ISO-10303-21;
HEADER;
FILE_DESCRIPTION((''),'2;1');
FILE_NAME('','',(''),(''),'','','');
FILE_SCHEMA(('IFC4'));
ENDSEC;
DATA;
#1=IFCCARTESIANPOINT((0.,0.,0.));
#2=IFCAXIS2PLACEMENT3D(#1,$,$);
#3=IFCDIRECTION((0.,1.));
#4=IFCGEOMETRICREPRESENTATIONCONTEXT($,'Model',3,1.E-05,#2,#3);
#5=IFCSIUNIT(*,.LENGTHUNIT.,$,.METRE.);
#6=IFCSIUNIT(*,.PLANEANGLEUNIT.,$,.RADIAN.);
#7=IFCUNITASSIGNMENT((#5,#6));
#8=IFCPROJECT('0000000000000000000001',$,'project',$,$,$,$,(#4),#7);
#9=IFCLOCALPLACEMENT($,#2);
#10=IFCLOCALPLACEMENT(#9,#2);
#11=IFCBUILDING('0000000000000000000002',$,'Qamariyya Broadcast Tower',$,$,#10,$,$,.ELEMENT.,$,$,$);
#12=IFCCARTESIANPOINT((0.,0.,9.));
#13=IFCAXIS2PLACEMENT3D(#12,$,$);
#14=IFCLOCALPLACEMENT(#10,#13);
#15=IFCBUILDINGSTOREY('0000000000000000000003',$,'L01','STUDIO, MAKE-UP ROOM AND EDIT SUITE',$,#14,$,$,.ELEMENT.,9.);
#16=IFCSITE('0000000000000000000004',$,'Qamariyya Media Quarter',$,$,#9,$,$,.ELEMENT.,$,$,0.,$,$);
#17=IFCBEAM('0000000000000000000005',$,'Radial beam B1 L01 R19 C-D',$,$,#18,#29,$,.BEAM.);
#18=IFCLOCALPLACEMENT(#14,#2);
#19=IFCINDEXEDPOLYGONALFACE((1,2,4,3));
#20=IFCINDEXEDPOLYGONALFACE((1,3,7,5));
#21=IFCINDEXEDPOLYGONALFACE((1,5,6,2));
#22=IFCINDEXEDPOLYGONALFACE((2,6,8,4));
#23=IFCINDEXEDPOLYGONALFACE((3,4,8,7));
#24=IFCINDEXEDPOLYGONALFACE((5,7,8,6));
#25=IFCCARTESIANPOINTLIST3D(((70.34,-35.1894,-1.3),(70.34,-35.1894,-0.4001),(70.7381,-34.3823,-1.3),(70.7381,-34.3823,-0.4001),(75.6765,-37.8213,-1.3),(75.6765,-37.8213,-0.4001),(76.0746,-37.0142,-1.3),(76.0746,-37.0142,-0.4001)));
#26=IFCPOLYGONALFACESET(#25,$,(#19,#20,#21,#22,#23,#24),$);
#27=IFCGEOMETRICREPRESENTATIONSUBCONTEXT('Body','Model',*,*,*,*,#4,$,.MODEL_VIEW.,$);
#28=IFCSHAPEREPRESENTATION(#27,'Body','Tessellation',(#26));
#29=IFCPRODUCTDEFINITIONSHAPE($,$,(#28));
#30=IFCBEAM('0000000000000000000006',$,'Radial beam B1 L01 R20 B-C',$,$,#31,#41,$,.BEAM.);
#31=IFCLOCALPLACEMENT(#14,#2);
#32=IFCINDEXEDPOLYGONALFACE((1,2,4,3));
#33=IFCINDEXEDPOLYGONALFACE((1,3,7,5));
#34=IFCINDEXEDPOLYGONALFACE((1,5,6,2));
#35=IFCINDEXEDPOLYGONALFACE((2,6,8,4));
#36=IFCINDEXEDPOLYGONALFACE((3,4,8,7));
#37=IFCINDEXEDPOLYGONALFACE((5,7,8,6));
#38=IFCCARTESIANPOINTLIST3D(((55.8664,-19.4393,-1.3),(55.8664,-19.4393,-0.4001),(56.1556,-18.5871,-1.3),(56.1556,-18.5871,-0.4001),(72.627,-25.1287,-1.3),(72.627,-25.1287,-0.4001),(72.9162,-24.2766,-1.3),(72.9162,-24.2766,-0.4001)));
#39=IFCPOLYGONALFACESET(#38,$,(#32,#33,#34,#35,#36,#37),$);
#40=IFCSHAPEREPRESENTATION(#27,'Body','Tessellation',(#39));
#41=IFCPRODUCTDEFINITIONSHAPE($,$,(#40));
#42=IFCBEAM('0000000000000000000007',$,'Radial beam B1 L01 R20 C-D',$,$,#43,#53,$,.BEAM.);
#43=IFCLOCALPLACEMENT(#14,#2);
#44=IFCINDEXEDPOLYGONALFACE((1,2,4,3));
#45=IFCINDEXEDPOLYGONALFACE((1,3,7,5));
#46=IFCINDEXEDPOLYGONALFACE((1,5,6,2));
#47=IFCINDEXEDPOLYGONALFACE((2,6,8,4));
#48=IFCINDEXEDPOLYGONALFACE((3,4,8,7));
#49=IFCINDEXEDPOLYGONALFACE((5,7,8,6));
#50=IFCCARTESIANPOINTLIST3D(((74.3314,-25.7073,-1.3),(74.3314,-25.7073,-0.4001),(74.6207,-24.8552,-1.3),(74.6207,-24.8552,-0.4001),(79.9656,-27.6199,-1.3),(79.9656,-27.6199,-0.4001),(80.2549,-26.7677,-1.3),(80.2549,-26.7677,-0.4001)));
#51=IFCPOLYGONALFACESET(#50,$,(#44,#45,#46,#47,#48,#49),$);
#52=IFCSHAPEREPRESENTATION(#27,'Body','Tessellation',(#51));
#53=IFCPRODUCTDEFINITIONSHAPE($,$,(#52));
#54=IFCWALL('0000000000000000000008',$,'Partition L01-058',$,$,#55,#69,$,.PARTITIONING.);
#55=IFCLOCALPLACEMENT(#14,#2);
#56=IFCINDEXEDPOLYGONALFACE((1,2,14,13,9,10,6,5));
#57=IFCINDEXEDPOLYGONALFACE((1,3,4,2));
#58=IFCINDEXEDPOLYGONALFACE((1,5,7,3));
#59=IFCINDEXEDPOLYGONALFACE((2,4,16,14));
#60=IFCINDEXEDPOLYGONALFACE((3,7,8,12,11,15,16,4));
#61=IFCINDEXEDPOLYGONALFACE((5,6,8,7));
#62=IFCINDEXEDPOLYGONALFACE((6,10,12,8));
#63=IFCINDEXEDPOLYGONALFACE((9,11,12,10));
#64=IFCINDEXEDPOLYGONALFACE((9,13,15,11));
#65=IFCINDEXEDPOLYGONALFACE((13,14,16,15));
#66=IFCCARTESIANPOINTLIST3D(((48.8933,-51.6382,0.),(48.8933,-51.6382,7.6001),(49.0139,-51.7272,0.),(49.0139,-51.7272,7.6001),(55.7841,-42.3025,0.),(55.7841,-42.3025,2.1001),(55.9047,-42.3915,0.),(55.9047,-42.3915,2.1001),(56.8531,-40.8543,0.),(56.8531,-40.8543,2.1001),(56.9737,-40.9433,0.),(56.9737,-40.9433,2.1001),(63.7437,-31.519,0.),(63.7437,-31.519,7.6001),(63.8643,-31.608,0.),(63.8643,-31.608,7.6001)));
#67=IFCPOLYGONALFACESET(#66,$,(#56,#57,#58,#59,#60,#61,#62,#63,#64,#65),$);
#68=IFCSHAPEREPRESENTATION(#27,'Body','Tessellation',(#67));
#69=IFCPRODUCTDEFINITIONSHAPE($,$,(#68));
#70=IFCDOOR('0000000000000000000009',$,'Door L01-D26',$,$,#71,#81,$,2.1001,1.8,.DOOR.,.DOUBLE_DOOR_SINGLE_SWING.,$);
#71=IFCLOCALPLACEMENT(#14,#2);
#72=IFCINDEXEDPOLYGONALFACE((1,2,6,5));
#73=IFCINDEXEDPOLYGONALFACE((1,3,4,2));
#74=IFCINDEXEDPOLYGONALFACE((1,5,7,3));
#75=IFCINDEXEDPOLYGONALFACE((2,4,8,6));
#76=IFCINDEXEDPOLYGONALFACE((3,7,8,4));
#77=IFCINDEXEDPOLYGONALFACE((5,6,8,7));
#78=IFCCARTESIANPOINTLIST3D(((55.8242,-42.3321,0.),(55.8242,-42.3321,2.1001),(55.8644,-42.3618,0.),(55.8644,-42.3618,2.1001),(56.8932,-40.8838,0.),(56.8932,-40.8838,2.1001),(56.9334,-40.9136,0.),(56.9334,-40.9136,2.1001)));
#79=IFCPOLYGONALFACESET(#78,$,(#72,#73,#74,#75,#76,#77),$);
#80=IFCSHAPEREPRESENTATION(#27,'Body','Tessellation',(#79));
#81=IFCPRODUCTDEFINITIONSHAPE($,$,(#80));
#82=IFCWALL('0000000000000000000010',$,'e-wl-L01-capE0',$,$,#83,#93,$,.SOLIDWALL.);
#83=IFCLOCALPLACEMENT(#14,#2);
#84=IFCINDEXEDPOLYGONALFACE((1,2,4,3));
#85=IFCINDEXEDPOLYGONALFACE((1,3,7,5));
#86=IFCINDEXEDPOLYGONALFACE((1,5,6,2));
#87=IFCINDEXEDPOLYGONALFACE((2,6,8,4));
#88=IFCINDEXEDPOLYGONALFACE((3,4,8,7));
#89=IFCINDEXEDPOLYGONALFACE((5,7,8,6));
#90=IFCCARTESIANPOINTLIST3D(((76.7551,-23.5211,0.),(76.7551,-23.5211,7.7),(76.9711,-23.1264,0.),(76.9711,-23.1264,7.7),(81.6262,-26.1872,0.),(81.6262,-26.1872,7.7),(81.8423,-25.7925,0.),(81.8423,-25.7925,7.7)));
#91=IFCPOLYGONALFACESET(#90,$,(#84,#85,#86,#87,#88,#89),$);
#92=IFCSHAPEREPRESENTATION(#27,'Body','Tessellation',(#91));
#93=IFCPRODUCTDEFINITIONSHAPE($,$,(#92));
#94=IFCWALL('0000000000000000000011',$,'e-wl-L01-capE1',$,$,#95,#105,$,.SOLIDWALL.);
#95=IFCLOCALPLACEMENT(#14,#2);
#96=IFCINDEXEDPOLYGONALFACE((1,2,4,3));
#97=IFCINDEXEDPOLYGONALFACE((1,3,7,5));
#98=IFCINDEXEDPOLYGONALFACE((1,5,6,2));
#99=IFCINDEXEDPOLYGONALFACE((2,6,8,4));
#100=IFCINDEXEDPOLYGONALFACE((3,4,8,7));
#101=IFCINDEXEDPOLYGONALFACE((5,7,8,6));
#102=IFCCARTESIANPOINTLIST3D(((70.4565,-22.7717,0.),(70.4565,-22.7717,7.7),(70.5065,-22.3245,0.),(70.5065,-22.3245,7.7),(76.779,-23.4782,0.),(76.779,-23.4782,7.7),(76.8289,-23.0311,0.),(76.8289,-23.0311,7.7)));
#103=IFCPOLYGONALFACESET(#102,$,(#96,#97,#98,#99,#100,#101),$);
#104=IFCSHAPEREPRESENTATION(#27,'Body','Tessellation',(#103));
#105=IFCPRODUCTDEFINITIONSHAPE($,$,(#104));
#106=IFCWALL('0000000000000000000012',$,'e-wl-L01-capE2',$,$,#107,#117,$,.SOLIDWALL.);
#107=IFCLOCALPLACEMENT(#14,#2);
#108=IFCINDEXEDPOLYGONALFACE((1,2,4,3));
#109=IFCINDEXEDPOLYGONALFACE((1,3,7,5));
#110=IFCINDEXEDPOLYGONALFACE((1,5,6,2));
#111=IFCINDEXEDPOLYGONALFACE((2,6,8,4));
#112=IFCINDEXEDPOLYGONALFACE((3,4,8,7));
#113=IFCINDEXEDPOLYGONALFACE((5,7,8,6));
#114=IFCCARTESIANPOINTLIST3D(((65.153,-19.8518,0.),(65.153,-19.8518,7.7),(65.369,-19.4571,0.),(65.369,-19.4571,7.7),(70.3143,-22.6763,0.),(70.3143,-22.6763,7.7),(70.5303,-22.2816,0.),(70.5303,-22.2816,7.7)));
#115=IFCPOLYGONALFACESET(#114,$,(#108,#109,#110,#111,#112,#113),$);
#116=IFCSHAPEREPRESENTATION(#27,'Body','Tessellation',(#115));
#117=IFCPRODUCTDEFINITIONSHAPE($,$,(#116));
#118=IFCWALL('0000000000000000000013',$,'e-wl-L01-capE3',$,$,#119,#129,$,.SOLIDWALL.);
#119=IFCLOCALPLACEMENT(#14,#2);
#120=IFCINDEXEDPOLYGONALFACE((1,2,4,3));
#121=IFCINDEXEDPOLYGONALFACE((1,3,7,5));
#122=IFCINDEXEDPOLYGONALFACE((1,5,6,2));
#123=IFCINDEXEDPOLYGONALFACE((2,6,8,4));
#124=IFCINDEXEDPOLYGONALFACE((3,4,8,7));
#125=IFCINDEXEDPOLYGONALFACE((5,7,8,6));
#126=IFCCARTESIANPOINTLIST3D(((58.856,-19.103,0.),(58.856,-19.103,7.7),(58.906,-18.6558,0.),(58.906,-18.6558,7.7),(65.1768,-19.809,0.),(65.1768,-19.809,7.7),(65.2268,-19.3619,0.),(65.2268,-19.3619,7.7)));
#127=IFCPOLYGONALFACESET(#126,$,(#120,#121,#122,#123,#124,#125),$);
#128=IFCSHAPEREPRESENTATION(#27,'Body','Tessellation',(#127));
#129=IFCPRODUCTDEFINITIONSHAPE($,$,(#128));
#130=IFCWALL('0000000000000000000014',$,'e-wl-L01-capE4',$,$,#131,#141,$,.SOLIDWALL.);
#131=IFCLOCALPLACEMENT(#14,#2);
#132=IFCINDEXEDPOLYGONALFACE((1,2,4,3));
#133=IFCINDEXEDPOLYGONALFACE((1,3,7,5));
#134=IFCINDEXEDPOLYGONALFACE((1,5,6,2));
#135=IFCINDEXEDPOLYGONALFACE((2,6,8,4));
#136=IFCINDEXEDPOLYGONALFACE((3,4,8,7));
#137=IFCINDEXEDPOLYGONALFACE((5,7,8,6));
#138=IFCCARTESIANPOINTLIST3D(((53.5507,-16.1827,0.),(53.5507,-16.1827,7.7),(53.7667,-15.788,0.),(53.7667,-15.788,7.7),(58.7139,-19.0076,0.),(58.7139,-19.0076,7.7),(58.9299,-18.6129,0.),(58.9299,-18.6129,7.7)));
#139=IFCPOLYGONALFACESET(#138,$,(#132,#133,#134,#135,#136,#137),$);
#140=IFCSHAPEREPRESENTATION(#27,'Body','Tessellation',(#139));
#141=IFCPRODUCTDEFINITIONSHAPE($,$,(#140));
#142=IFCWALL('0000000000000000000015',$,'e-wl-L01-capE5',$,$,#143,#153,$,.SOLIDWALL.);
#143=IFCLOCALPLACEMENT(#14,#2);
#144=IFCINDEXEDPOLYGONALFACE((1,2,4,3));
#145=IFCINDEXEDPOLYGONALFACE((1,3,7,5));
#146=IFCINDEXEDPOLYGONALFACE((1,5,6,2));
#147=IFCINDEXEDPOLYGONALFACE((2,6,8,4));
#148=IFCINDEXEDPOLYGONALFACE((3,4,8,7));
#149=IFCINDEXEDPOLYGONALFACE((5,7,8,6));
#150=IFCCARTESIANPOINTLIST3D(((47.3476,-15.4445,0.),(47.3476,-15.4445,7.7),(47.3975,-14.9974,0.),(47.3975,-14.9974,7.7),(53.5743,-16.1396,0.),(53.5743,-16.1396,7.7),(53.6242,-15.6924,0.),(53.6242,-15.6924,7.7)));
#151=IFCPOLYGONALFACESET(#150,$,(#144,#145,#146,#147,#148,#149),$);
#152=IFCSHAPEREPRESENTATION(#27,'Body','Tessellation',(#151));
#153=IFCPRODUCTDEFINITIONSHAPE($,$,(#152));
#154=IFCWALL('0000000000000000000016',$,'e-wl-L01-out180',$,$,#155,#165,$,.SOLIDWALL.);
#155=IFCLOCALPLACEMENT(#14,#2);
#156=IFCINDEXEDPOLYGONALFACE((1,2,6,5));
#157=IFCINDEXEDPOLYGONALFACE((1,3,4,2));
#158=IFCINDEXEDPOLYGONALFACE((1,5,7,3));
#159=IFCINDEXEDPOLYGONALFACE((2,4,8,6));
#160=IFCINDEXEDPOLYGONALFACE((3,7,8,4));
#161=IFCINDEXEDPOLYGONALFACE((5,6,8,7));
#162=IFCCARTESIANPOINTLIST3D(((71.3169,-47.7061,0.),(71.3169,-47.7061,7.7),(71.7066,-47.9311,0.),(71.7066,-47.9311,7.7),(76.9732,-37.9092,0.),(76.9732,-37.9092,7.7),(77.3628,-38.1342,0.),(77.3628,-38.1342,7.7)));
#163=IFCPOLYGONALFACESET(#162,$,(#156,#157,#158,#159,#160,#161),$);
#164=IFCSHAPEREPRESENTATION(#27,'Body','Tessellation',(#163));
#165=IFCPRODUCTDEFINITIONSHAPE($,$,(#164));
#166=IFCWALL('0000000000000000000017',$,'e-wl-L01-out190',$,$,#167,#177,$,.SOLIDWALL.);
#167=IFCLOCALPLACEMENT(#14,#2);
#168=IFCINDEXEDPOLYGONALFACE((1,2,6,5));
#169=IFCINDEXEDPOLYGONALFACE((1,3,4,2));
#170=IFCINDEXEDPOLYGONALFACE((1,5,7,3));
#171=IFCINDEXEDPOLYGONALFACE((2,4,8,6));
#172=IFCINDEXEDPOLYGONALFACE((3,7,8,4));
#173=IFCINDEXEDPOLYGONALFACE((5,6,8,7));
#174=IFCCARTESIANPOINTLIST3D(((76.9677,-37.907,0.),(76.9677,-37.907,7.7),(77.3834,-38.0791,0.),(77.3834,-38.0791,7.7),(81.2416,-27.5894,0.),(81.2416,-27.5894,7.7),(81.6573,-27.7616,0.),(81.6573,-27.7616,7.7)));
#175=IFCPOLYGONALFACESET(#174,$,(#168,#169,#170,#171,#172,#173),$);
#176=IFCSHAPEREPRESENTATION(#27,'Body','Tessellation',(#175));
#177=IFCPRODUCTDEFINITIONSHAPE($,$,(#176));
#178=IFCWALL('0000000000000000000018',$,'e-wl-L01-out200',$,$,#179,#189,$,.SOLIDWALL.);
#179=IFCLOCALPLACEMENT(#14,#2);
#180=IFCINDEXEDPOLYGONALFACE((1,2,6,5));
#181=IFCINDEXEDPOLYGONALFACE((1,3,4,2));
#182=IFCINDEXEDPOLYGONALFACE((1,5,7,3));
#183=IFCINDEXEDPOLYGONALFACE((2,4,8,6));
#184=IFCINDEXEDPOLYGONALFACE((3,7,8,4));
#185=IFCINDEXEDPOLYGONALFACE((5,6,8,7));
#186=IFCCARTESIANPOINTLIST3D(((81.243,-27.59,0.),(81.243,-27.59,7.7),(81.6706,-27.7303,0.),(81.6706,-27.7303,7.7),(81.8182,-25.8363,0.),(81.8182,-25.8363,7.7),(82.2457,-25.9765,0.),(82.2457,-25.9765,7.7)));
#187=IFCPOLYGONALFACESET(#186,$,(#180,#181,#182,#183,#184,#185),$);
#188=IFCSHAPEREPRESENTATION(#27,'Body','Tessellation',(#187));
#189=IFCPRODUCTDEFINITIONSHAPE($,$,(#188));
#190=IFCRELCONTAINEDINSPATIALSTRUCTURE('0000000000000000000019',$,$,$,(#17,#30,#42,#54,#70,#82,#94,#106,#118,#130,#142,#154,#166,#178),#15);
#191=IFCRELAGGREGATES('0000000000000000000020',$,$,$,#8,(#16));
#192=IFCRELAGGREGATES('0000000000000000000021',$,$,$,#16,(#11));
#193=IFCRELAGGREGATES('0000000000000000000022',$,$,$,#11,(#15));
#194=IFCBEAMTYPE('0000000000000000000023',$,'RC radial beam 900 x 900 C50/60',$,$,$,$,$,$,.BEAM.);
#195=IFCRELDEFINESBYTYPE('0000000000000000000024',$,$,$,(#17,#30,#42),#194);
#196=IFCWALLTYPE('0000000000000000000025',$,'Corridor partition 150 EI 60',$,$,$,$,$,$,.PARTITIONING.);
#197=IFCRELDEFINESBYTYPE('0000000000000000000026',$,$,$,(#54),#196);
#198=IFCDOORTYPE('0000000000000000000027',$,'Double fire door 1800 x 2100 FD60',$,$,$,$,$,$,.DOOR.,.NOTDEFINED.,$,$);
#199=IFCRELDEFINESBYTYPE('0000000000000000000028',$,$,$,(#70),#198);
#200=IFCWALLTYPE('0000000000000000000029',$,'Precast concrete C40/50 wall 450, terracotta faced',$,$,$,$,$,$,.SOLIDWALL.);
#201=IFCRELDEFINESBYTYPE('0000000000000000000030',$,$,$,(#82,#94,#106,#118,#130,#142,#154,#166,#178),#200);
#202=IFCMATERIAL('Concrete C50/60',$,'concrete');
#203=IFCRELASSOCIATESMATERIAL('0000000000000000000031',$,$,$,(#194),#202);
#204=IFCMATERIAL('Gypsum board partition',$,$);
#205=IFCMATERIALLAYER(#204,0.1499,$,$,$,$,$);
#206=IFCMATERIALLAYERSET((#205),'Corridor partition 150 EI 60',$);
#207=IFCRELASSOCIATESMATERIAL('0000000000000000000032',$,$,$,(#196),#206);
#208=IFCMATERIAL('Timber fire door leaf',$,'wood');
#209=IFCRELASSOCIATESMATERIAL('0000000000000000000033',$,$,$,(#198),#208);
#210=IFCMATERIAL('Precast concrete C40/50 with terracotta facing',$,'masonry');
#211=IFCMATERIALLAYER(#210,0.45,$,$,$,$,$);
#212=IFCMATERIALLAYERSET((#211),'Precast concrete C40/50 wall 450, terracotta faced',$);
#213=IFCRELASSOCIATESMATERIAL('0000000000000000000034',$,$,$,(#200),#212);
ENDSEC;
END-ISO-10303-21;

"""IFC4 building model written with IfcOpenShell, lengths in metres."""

from ifc_helpers import new_model, si_unit, direction, frame, frame_2d, origin, origin_2d, place, context, subcontext, project, spatial, rectangle, extrude, material, layer, layer_set, material_profile, profile_set, type_object, element, fill, save


model = new_model("IFC4")

# Units and contexts
model_context = context("Model", 3, precision=1e-05, world=origin(), true_north=direction((0.0, 1.0)))
body_context = subcontext(model_context, "Body", "Model", "MODEL_VIEW")
ifc_project = project(units=[si_unit("LENGTHUNIT", "METRE"), si_unit("PLANEANGLEUNIT", "RADIAN")], contexts=[model_context])

# Site, building, storey
site_placement = place(None, origin())
site = spatial("IfcSite", under=ifc_project, at=site_placement, Name="Qamariyya Media Quarter", CompositionType="ELEMENT", RefElevation=0.0)
building_placement = place(site_placement, origin())
building = spatial("IfcBuilding", under=site, at=building_placement, Name="Qamariyya Broadcast Tower", CompositionType="ELEMENT")
storey_placement = place(building_placement, frame((0.0, 0.0, 9.0)))
storey = spatial("IfcBuildingStorey", under=building, at=storey_placement, Name="L01", Description="STUDIO, MAKE-UP ROOM AND EDIT SUITE", CompositionType="ELEMENT", Elevation=9.0)

# Beams
ifc_material_1 = material(Name="Concrete C50/60", Category="concrete")
ifc_material_profile_1 = material_profile(ifc_material_1, rectangle(XDim=0.8999, YDim=0.8999, at=origin_2d()))
ifc_profile_set_1 = profile_set([ifc_material_profile_1], Name="Concrete C50/60")
beam_type_1 = type_object("IfcBeamType", Name="RC radial beam 900 x 900 C50/60", PredefinedType="BEAM", material=ifc_profile_set_1)
beam_1_placement = place(storey_placement, frame((70.5391, -34.7859, -0.8501), z_axis=(0.896859, -0.442316, 0.0), x_axis=(0.442316, 0.896859, 0.0)))
element("IfcBeam", 1, at=beam_1_placement, inside=storey, type_object=beam_type_1, Name="Radial beam B1 L01 R19 C-D", PredefinedType="BEAM", context=body_context, shape_type="SweptSolid", body=[
    extrude(rectangle(XDim=0.8999, YDim=0.8999, at=origin_2d()), origin(), (0.0, 0.0, 1.0), 5.9502),
])
beam_2_placement = place(storey_placement, frame((56.011, -19.0132, -0.8501), z_axis=(0.94693, -0.321441, 0.0), x_axis=(0.321441, 0.94693, 0.0)))
element("IfcBeam", 2, at=beam_2_placement, inside=storey, type_object=beam_type_1, Name="Radial beam B1 L01 R20 B-C", PredefinedType="BEAM", context=body_context, shape_type="SweptSolid", body=[
    extrude(rectangle(XDim=0.8999, YDim=0.8999, at=origin_2d()), origin(), (0.0, 0.0, 1.0), 17.7),
])
beam_3_placement = place(storey_placement, frame((74.4761, -25.2812, -0.8501), z_axis=(0.946929, -0.321442, 0.0), x_axis=(0.321442, 0.946929, 0.0)))
element("IfcBeam", 3, at=beam_3_placement, inside=storey, type_object=beam_type_1, Name="Radial beam B1 L01 R20 C-D", PredefinedType="BEAM", context=body_context, shape_type="SweptSolid", body=[
    extrude(rectangle(XDim=0.8999, YDim=0.8999, at=origin_2d()), origin(), (0.0, 0.0, 1.0), 5.95),
])

# Wall, opening, door
ifc_material_2 = material(Name="Gypsum board partition")
ifc_layer_1 = layer(ifc_material_2, 0.1499)
ifc_layer_set_1 = layer_set([ifc_layer_1], Name="Corridor partition 150 EI 60")
wall_type_1 = type_object("IfcWallType", Name="Corridor partition 150 EI 60", PredefinedType="PARTITIONING", material=ifc_layer_set_1)
wall_1_placement = place(storey_placement, frame((63.804, -31.5635, 0.0), z_axis=(0.0, 0.0, 1.0), x_axis=(-0.593865, -0.804565, 0.0)))
wall_1 = element("IfcWall", 4, at=wall_1_placement, inside=storey, type_object=wall_type_1, Name="Partition L01-058", PredefinedType="PARTITIONING", context=body_context, shape_type="SweptSolid", body=[
    extrude(rectangle(XDim=25.0063, YDim=0.1499, at=frame_2d((12.5032, 0.0))), origin(), (0.0, 0.0, 1.0), 7.6001),
])
opening_1_placement = place(wall_1_placement, frame((11.603, 0.0, 0.0)))
opening_1 = element("IfcOpeningElement", 5, at=opening_1_placement, cuts=wall_1, PredefinedType="OPENING", context=body_context, shape_type="SweptSolid", body=[
    extrude(rectangle(XDim=1.8, YDim=2.1001, at=frame_2d((0.8999, 1.05))), frame((0.0, 0.085, 0.0), z_axis=(0.0, -1.0, 0.0), x_axis=(1.0, 0.0, 0.0)), (0.0, 0.0, 1.0), 0.1699),
])
ifc_material_3 = material(Name="Timber fire door leaf", Category="wood")
door_type_1 = type_object("IfcDoorType", Name="Double fire door 1800 x 2100 FD60", OperationType="NOTDEFINED", PredefinedType="DOOR", material=ifc_material_3)
door_1_placement = place(opening_1_placement, origin())
door_1 = element("IfcDoor", 6, at=door_1_placement, inside=storey, type_object=door_type_1, Name="Door L01-D26", OperationType="DOUBLE_DOOR_SINGLE_SWING", OverallHeight=2.1001, OverallWidth=1.8, PredefinedType="DOOR", context=body_context, shape_type="SweptSolid", body=[
    extrude(rectangle(XDim=1.8, YDim=2.1001, at=frame_2d((0.8999, 1.05))), frame((0.0, 0.0249, 0.0), z_axis=(0.0, -1.0, 0.0), x_axis=(1.0, 0.0, 0.0)), (0.0, 0.0, 1.0), 0.05),
])
fill(opening_1, door_1)

# Walls
ifc_material_4 = material(Name="Precast concrete C40/50 with terracotta facing", Category="masonry")
ifc_layer_2 = layer(ifc_material_4, 0.45)
ifc_layer_set_2 = layer_set([ifc_layer_2], Name="Precast concrete C40/50 wall 450, terracotta faced")
wall_type_2 = type_object("IfcWallType", Name="Precast concrete C40/50 wall 450, terracotta faced", PredefinedType="SOLIDWALL", material=ifc_layer_set_2)
wall_2_placement = place(storey_placement, frame((81.7341, -25.9897, 0.0), z_axis=(0.0, 0.0, 1.0), x_axis=(-0.877209, 0.480108, 0.0)))
element("IfcWall", 7, at=wall_2_placement, inside=storey, type_object=wall_type_2, Name="e-wl-L01-capE0", PredefinedType="SOLIDWALL", context=body_context, shape_type="SweptSolid", body=[
    extrude(rectangle(XDim=5.553, YDim=0.45, at=frame_2d((2.7764, 0.0))), origin(), (0.0, 0.0, 1.0), 7.7),
])
wall_3_placement = place(storey_placement, frame((76.804, -23.2546, 0.0), z_axis=(0.0, 0.0, 1.0), x_axis=(-0.993814, 0.111059, 0.0)))
element("IfcWall", 8, at=wall_3_placement, inside=storey, type_object=wall_type_2, Name="e-wl-L01-capE1", PredefinedType="SOLIDWALL", context=body_context, shape_type="SweptSolid", body=[
    extrude(rectangle(XDim=6.3618, YDim=0.45, at=frame_2d((3.1809, 0.0))), origin(), (0.0, 0.0, 1.0), 7.7),
])
wall_4_placement = place(storey_placement, frame((70.4224, -22.479, 0.0), z_axis=(0.0, 0.0, 1.0), x_axis=(-0.87723, 0.48007, 0.0)))
element("IfcWall", 9, at=wall_4_placement, inside=storey, type_object=wall_type_2, Name="e-wl-L01-capE2", PredefinedType="SOLIDWALL", context=body_context, shape_type="SweptSolid", body=[
    extrude(rectangle(XDim=5.8835, YDim=0.45, at=frame_2d((2.9419, 0.0))), origin(), (0.0, 0.0, 1.0), 7.7),
])
wall_5_placement = place(storey_placement, frame((65.2019, -19.5854, 0.0), z_axis=(0.0, 0.0, 1.0), x_axis=(-0.993819, 0.111013, 0.0)))
element("IfcWall", 10, at=wall_5_placement, inside=storey, type_object=wall_type_2, Name="e-wl-L01-capE3", PredefinedType="SOLIDWALL", context=body_context, shape_type="SweptSolid", body=[
    extrude(rectangle(XDim=6.3601, YDim=0.45, at=frame_2d((3.1802, 0.0))), origin(), (0.0, 0.0, 1.0), 7.7),
])
wall_6_placement = place(storey_placement, frame((58.822, -18.8103, 0.0), z_axis=(0.0, 0.0, 1.0), x_axis=(-0.877281, 0.479976, 0.0)))
element("IfcWall", 11, at=wall_6_placement, inside=storey, type_object=wall_type_2, Name="e-wl-L01-capE4", PredefinedType="SOLIDWALL", context=body_context, shape_type="SweptSolid", body=[
    extrude(rectangle(XDim=5.8855, YDim=0.45, at=frame_2d((2.9429, 0.0))), origin(), (0.0, 0.0, 1.0), 7.7),
])
wall_7_placement = place(storey_placement, frame((53.5994, -15.916, 0.0), z_axis=(0.0, 0.0, 1.0), x_axis=(-0.993828, 0.110936, 0.0)))
element("IfcWall", 12, at=wall_7_placement, inside=storey, type_object=wall_type_2, Name="e-wl-L01-capE5", PredefinedType="SOLIDWALL", context=body_context, shape_type="SweptSolid", body=[
    extrude(rectangle(XDim=6.2654, YDim=0.45, at=frame_2d((3.1328, 0.0))), origin(), (0.0, 0.0, 1.0), 7.7),
])
wall_8_placement = place(storey_placement, frame((71.5117, -47.8186, 0.0), z_axis=(0.0, 0.0, 1.0), x_axis=(0.500001, 0.866025, 0.0)))
element("IfcWall", 13, at=wall_8_placement, inside=storey, type_object=wall_type_2, Name="e-wl-L01-out180", PredefinedType="SOLIDWALL", context=body_context, shape_type="SweptSolid", body=[
    extrude(rectangle(XDim=11.3125, YDim=0.45, at=frame_2d((5.6562, 0.0))), origin(), (0.0, 0.0, 1.0), 7.7),
])
wall_9_placement = place(storey_placement, frame((77.1755, -37.9932, 0.0), z_axis=(0.0, 0.0, 1.0), x_axis=(0.382701, 0.923872, 0.0)))
element("IfcWall", 14, at=wall_9_placement, inside=storey, type_object=wall_type_2, Name="e-wl-L01-out190", PredefinedType="SOLIDWALL", context=body_context, shape_type="SweptSolid", body=[
    extrude(rectangle(XDim=11.1677, YDim=0.45, at=frame_2d((5.584, 0.0))), origin(), (0.0, 0.0, 1.0), 7.7),
])
wall_10_placement = place(storey_placement, frame((81.4568, -27.6602, 0.0), z_axis=(0.0, 0.0, 1.0), x_axis=(0.311621, 0.950206, 0.0)))
element("IfcWall", 15, at=wall_10_placement, inside=storey, type_object=wall_type_2, Name="e-wl-L01-out200", PredefinedType="SOLIDWALL", context=body_context, shape_type="SweptSolid", body=[
    extrude(rectangle(XDim=1.8457, YDim=0.45, at=frame_2d((0.9229, 0.0))), origin(), (0.0, 0.0, 1.0), 7.7),
])

save(model, "model.ifc")
